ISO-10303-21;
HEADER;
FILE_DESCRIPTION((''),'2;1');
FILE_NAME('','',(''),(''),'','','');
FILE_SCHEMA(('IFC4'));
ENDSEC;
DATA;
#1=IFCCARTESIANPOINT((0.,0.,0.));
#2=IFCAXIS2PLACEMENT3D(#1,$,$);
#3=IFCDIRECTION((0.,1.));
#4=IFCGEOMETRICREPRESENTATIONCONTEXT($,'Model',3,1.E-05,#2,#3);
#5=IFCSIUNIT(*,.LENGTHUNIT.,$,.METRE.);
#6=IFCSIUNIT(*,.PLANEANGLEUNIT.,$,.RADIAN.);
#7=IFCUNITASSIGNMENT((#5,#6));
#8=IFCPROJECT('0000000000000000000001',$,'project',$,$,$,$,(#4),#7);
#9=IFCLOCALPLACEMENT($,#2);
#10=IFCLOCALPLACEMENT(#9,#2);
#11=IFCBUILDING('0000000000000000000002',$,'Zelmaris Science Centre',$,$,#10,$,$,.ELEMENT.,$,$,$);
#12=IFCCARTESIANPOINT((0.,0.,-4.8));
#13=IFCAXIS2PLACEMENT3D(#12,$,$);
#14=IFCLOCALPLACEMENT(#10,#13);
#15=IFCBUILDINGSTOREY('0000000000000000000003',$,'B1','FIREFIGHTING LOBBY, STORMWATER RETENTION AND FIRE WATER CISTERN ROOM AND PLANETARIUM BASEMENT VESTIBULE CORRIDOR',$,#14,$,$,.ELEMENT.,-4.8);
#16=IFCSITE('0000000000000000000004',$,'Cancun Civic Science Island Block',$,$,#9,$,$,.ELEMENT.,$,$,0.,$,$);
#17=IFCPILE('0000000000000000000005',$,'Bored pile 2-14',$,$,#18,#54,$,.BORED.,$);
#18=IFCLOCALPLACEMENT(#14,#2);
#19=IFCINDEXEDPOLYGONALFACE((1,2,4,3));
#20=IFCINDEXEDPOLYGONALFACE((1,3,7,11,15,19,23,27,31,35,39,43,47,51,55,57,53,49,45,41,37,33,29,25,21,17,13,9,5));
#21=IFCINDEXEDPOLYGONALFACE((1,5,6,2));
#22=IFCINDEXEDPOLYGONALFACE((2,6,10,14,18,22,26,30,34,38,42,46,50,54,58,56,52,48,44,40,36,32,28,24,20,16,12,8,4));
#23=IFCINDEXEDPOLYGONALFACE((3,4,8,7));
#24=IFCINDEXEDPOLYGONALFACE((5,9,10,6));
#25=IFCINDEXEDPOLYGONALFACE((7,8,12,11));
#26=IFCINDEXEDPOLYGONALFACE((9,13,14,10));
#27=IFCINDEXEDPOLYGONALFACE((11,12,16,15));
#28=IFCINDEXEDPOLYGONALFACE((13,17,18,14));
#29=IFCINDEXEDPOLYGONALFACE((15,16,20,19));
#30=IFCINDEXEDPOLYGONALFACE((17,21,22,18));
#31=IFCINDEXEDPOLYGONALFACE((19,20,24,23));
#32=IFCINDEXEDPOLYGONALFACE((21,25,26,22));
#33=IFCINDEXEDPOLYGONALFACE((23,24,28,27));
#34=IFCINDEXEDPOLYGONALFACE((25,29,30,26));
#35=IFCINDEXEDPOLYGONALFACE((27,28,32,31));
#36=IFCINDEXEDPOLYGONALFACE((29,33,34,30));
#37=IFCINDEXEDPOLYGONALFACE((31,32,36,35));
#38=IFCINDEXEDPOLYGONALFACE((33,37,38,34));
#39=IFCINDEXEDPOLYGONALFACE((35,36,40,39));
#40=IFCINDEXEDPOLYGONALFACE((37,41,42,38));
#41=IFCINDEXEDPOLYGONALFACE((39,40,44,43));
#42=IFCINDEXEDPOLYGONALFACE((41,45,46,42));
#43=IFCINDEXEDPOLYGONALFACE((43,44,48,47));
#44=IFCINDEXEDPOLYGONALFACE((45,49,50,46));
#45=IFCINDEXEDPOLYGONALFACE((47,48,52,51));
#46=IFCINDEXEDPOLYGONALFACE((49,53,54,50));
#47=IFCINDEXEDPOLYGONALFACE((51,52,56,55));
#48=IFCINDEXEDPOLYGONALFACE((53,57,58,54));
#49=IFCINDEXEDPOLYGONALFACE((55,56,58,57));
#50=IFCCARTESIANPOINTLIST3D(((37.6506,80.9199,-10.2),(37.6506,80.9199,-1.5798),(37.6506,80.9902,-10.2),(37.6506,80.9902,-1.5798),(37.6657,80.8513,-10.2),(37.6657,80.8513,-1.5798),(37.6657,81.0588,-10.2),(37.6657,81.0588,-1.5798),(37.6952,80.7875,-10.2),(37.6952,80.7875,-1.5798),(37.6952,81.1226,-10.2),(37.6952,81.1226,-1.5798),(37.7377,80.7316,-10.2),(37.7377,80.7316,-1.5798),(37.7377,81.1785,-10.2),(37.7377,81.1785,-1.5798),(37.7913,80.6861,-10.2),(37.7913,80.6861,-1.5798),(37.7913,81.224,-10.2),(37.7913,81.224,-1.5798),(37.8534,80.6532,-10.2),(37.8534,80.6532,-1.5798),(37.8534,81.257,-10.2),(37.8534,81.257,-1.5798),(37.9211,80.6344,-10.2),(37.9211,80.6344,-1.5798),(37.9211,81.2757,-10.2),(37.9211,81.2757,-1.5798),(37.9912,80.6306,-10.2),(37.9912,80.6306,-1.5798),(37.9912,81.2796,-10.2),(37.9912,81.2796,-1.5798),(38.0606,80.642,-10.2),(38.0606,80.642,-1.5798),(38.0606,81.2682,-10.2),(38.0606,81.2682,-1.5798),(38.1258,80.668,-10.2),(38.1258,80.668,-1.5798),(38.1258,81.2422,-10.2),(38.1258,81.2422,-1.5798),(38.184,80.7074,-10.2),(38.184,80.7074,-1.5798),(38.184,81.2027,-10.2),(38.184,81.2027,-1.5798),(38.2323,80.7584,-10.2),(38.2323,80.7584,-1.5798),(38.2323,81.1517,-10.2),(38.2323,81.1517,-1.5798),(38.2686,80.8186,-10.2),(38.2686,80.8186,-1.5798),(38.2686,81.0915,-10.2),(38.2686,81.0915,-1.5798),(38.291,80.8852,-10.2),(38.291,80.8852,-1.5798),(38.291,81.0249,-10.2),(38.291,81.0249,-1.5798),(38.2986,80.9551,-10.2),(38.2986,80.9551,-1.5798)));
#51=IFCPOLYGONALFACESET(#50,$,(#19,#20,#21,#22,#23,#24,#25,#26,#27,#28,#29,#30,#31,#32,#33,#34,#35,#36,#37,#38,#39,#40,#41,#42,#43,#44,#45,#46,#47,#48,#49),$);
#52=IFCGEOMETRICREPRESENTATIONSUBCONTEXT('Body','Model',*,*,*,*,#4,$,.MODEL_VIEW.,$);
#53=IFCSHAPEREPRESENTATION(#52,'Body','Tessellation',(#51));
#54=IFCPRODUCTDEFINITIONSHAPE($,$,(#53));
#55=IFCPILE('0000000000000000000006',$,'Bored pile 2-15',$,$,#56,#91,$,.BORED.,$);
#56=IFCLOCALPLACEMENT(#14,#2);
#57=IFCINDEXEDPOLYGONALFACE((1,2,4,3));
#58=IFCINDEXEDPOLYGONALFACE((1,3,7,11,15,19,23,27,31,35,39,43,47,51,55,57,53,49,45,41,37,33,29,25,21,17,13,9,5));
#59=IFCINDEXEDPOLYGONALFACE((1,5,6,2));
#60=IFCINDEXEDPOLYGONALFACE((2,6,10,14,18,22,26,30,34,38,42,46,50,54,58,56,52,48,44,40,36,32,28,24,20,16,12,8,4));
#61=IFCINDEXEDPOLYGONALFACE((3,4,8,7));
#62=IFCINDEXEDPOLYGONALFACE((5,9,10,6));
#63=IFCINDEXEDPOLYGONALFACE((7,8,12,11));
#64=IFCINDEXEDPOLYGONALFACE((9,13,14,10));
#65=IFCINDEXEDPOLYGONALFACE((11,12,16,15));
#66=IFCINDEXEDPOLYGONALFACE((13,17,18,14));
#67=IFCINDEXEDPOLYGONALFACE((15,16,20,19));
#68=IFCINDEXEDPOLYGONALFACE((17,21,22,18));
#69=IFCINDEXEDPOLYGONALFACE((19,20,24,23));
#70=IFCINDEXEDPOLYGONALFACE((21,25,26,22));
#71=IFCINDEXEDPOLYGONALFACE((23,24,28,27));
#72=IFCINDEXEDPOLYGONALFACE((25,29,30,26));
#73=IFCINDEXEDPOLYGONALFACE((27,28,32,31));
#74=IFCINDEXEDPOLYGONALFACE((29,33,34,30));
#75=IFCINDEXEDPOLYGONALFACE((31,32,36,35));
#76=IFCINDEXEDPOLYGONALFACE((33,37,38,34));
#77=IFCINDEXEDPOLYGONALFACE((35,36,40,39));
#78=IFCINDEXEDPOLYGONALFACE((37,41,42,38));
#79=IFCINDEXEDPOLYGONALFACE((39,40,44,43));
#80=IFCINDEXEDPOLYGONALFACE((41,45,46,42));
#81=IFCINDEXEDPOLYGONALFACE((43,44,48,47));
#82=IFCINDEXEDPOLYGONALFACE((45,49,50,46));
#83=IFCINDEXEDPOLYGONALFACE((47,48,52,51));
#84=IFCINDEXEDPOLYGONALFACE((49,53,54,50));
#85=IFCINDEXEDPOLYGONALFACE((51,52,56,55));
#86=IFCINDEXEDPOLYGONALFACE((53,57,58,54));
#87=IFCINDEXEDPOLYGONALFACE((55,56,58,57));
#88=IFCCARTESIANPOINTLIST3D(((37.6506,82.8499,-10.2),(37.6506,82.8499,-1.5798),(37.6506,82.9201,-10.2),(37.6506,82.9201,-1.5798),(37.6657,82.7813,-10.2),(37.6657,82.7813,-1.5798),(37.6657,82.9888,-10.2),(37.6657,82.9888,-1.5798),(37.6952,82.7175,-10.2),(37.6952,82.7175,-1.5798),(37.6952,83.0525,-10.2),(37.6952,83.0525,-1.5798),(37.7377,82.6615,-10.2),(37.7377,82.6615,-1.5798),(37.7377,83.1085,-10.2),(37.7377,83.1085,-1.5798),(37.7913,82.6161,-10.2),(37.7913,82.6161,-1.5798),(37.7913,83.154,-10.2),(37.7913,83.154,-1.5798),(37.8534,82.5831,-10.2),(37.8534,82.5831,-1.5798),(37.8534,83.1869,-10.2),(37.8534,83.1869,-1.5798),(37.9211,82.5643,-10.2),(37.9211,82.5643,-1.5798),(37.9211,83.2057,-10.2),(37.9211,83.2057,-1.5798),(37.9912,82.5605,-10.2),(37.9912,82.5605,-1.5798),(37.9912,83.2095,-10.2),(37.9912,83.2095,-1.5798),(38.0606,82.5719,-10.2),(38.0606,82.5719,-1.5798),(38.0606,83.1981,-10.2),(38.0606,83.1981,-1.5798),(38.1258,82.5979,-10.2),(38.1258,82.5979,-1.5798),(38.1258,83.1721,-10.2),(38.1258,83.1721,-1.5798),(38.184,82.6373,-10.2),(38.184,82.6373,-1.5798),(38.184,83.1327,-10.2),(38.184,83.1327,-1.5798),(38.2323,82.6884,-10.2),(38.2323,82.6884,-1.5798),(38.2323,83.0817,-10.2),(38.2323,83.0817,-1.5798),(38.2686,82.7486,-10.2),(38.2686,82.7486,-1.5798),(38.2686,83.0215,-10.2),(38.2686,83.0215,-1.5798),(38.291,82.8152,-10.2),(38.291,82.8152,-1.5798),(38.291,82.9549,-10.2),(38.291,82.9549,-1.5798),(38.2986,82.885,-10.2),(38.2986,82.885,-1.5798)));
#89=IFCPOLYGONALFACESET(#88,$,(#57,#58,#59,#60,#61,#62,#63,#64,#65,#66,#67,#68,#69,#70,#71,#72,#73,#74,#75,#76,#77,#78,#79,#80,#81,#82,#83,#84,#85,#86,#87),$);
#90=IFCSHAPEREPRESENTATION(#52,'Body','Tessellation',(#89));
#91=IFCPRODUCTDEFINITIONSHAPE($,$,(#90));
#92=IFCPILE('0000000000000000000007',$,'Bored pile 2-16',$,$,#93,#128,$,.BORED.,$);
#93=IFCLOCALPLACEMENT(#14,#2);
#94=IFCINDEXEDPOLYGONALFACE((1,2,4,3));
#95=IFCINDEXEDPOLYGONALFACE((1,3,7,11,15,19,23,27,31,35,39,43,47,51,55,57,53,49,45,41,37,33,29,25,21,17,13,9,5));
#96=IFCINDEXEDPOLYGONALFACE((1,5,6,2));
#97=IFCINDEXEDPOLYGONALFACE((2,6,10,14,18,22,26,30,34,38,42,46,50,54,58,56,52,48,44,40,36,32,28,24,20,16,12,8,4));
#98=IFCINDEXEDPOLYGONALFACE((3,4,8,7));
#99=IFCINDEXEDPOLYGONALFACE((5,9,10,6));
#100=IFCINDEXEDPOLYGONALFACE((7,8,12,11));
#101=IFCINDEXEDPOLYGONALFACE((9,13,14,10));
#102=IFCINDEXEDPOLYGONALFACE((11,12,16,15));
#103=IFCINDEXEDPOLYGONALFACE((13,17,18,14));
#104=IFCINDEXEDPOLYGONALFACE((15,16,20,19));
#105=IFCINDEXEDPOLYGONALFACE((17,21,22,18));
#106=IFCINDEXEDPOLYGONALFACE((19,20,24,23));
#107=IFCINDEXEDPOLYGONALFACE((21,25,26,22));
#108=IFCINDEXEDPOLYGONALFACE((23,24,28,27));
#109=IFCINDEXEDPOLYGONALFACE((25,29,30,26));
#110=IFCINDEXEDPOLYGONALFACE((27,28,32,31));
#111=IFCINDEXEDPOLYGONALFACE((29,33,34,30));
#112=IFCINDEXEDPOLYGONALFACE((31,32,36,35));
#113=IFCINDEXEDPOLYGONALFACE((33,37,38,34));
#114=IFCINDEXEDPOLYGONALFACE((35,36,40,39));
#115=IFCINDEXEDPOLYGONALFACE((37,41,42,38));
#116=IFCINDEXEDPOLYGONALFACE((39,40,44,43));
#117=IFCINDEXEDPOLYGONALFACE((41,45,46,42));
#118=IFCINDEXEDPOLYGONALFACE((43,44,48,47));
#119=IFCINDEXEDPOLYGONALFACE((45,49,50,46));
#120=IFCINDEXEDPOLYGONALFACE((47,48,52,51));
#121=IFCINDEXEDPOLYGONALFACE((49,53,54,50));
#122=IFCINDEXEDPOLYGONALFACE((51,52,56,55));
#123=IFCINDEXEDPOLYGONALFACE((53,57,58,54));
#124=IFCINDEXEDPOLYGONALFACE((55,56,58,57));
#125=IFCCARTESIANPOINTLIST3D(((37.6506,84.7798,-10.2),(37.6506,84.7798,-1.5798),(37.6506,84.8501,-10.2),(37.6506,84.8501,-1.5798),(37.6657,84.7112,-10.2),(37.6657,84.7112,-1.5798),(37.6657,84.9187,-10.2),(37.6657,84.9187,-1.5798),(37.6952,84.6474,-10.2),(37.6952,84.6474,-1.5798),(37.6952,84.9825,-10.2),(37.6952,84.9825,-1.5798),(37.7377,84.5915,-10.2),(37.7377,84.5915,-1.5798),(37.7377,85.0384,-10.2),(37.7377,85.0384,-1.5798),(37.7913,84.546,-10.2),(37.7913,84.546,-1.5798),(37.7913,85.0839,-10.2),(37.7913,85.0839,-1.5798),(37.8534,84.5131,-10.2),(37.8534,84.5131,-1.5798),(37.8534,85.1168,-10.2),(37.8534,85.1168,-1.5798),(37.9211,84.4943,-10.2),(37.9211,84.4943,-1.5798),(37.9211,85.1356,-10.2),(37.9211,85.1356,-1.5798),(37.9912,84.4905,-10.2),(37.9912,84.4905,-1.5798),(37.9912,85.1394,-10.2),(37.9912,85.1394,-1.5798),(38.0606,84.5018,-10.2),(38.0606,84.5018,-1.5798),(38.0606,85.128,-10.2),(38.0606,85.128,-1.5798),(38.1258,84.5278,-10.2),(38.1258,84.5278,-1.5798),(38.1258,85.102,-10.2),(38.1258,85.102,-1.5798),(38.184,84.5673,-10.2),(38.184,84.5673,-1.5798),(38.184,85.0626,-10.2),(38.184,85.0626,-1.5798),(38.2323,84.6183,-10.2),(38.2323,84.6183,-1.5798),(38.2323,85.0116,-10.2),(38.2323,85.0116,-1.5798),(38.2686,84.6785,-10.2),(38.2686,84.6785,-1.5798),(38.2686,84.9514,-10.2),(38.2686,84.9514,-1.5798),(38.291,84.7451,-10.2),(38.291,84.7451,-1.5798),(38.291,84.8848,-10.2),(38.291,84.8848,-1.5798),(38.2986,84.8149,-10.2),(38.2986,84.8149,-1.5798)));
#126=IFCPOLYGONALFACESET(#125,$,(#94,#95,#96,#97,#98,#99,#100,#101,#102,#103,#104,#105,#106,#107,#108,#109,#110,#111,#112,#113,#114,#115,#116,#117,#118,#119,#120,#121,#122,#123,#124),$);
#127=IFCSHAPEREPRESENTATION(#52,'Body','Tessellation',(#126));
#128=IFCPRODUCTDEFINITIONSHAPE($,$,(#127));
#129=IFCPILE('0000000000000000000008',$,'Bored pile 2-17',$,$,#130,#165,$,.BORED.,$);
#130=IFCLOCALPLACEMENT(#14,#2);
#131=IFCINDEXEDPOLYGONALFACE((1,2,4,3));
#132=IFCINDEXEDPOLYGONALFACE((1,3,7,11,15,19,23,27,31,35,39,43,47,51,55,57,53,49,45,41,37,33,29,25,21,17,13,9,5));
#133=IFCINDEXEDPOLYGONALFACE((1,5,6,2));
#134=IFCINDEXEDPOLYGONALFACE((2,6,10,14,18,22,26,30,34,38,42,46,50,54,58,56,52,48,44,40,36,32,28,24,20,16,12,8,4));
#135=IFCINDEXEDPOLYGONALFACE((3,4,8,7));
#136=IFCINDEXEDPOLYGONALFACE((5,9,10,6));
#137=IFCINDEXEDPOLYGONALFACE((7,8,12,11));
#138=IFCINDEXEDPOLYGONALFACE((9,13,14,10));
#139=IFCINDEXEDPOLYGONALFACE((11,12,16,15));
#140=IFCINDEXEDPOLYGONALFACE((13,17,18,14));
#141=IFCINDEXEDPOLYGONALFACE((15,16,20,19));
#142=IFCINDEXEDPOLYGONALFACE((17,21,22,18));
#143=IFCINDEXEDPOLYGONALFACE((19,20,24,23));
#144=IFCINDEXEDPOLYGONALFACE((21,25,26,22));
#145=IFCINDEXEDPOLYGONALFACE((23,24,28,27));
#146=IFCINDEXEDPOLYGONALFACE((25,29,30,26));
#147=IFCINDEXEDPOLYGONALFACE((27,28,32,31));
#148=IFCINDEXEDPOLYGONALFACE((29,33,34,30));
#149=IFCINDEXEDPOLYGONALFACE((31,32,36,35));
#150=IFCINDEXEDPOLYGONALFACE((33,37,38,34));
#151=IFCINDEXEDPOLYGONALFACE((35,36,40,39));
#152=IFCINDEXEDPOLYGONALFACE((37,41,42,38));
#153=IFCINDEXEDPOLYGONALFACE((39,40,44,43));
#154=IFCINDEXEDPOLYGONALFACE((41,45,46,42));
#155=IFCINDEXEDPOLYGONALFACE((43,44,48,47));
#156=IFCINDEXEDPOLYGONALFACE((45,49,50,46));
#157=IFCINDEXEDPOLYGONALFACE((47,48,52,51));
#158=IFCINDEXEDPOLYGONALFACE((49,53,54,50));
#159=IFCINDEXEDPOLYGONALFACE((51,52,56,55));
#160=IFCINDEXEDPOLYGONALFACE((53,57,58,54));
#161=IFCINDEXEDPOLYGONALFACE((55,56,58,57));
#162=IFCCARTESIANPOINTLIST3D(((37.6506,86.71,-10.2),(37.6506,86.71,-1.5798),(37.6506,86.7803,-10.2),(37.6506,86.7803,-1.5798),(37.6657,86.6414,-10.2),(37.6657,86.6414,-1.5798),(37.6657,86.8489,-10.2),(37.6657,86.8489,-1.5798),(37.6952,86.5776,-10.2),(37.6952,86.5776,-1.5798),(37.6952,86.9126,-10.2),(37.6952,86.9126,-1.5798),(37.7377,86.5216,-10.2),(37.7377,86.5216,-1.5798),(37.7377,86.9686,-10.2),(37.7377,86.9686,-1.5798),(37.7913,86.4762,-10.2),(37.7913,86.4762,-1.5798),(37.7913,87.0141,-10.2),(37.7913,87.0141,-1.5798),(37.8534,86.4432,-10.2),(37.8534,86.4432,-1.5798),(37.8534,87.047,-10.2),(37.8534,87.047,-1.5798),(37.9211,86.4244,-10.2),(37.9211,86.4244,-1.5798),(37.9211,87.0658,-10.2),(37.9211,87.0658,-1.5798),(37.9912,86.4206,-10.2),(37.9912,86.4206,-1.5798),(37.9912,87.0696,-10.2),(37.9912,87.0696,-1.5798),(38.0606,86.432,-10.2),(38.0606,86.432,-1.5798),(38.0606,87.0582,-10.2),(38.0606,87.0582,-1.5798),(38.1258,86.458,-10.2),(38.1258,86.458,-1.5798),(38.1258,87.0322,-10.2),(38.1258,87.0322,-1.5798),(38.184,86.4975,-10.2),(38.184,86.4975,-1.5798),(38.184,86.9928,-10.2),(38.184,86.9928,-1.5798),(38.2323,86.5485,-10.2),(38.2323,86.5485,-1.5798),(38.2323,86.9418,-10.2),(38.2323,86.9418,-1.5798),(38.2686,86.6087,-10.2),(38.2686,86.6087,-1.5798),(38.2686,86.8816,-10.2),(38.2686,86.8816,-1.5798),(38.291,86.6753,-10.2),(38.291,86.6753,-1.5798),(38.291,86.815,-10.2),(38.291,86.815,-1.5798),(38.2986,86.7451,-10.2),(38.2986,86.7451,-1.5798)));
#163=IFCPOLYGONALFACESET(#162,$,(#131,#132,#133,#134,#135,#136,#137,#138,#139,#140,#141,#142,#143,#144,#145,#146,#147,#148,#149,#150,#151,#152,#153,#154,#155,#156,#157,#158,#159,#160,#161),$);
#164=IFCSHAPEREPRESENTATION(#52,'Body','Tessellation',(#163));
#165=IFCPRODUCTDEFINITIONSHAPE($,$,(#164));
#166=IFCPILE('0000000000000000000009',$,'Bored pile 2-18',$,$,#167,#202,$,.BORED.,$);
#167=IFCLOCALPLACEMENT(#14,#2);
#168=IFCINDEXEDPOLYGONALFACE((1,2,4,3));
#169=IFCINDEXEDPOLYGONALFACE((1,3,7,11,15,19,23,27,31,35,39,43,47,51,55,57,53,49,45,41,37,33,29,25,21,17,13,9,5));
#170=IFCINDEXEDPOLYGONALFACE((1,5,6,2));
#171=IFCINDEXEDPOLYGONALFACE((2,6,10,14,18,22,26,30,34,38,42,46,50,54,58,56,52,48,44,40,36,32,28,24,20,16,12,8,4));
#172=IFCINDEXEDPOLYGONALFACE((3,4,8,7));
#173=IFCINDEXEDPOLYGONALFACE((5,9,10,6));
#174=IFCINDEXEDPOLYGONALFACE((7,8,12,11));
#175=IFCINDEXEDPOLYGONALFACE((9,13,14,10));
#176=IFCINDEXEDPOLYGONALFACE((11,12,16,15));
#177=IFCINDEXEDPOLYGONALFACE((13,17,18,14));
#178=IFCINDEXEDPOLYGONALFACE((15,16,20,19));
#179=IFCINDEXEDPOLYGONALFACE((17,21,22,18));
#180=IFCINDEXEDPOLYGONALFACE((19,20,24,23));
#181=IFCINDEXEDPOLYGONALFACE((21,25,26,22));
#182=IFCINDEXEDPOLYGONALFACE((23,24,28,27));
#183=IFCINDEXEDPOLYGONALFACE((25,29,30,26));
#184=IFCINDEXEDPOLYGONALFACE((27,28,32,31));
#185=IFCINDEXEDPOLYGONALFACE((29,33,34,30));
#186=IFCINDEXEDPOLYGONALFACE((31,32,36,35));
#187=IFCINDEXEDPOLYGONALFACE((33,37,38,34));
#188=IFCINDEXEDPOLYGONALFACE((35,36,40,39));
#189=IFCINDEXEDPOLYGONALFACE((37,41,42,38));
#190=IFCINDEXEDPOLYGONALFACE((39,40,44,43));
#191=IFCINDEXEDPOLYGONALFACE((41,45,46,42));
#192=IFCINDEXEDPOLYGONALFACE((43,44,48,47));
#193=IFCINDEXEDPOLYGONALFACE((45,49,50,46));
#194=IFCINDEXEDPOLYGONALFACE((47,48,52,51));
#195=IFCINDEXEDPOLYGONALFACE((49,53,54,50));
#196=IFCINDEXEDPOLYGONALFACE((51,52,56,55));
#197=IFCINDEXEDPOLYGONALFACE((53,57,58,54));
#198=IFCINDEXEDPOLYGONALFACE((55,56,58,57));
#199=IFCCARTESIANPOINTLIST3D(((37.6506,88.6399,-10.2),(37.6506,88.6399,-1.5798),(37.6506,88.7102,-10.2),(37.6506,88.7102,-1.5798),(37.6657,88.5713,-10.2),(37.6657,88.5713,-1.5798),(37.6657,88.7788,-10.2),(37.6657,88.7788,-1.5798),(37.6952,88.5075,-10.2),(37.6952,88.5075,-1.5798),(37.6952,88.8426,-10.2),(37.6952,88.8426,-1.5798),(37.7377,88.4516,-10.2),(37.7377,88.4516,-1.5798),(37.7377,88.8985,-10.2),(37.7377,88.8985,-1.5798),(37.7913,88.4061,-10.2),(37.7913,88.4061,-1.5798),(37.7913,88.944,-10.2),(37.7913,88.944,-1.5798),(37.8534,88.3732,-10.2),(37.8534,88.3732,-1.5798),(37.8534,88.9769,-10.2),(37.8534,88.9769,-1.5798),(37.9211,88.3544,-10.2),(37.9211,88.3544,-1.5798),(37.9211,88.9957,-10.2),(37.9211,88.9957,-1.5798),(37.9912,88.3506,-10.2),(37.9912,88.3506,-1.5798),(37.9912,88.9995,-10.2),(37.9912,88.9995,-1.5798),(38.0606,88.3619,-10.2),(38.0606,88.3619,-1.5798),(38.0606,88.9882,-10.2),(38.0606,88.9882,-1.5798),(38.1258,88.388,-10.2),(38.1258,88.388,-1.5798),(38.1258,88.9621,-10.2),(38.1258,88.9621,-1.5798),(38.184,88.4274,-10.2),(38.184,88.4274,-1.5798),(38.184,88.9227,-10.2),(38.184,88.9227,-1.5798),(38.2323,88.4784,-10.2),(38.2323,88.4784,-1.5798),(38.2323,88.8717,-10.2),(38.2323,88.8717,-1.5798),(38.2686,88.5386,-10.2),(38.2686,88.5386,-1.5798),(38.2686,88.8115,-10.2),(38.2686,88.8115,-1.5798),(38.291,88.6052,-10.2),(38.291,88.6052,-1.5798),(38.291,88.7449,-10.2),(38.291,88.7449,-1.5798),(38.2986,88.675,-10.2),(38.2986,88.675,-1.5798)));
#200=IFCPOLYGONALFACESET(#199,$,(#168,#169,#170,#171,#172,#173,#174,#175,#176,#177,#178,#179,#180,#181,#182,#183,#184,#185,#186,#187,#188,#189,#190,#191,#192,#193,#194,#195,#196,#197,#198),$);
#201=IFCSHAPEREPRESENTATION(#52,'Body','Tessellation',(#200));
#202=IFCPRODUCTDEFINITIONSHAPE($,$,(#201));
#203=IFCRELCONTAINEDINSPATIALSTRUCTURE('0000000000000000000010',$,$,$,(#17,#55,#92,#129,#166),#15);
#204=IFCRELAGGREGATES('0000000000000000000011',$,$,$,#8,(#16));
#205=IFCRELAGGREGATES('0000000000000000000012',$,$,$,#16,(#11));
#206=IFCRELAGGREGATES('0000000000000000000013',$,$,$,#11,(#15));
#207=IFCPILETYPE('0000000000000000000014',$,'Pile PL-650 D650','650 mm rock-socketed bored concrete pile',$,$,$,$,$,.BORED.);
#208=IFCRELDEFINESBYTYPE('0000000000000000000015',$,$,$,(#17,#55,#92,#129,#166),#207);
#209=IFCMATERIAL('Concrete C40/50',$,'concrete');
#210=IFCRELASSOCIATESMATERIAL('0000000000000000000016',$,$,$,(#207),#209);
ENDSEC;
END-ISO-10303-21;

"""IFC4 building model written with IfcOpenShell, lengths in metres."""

from ifc_helpers import new_model, si_unit, direction, frame, origin, origin_2d, place, context, subcontext, project, spatial, circle, extrude, material, material_profile, profile_set, type_object, element, save


model = new_model("IFC4")

# Units and contexts
model_context = context("Model", 3, precision=1e-05, world=origin(), true_north=direction((0.0, 1.0)))
body_context = subcontext(model_context, "Body", "Model", "MODEL_VIEW")
ifc_project = project(units=[si_unit("LENGTHUNIT", "METRE"), si_unit("PLANEANGLEUNIT", "RADIAN")], contexts=[model_context])

# Site, building, storey
site_placement = place(None, origin())
site = spatial("IfcSite", under=ifc_project, at=site_placement, Name="Cancun Civic Science Island Block", CompositionType="ELEMENT", RefElevation=0.0)
building_placement = place(site_placement, origin())
building = spatial("IfcBuilding", under=site, at=building_placement, Name="Zelmaris Science Centre", CompositionType="ELEMENT")
storey_placement = place(building_placement, frame((0.0, 0.0, -4.8)))
storey = spatial("IfcBuildingStorey", under=building, at=storey_placement, Name="B1", Description="FIREFIGHTING LOBBY, STORMWATER RETENTION AND FIRE WATER CISTERN ROOM AND PLANETARIUM BASEMENT VESTIBULE CORRIDOR", CompositionType="ELEMENT", Elevation=-4.8)

# Shared definitions
ifc_material_1 = material(Name="Concrete C40/50", Category="concrete")

# Piles
ifc_material_profile_1 = material_profile(ifc_material_1, circle(Radius=0.325, at=origin_2d()), Name="PILE-650")
ifc_profile_set_1 = profile_set([ifc_material_profile_1], Name="Concrete C40/50")
pile_type_1 = type_object("IfcPileType", Name="Pile PL-650 D650", Description="650 mm rock-socketed bored concrete pile", PredefinedType="BORED", material=ifc_profile_set_1)
for number, where, z_axis, x_axis, name in (
    (1, (37.9736, 80.9551, -1.5798), (0.0, 0.0, -1.0), (1.0, 0.0, 0.0), "Bored pile 2-14"),
    (2, (37.9736, 82.885, -1.5798), (0.0, 0.0, -1.0), (1.0, 0.0, 0.0), "Bored pile 2-15"),
    (3, (37.9736, 84.8149, -1.5798), (0.0, 0.0, -1.0), (1.0, 0.0, 0.0), "Bored pile 2-16"),
    (4, (37.9736, 86.7451, -1.5798), (0.0, 0.0, -1.0), (1.0, 0.0, 0.0), "Bored pile 2-17"),
    (5, (37.9736, 88.675, -1.5798), (0.0, 0.0, -1.0), (1.0, 0.0, 0.0), "Bored pile 2-18"),
):
    element("IfcPile", number, at=place(storey_placement, frame(where, z_axis=z_axis, x_axis=x_axis)), inside=storey, type_object=pile_type_1, Name=name, PredefinedType="BORED", context=body_context, shape_type="SweptSolid", body=[
        extrude(circle(Radius=0.325, at=origin_2d()), origin(), (0.0, 0.0, 1.0), 8.6201),
    ])

save(model, "model.ifc")
